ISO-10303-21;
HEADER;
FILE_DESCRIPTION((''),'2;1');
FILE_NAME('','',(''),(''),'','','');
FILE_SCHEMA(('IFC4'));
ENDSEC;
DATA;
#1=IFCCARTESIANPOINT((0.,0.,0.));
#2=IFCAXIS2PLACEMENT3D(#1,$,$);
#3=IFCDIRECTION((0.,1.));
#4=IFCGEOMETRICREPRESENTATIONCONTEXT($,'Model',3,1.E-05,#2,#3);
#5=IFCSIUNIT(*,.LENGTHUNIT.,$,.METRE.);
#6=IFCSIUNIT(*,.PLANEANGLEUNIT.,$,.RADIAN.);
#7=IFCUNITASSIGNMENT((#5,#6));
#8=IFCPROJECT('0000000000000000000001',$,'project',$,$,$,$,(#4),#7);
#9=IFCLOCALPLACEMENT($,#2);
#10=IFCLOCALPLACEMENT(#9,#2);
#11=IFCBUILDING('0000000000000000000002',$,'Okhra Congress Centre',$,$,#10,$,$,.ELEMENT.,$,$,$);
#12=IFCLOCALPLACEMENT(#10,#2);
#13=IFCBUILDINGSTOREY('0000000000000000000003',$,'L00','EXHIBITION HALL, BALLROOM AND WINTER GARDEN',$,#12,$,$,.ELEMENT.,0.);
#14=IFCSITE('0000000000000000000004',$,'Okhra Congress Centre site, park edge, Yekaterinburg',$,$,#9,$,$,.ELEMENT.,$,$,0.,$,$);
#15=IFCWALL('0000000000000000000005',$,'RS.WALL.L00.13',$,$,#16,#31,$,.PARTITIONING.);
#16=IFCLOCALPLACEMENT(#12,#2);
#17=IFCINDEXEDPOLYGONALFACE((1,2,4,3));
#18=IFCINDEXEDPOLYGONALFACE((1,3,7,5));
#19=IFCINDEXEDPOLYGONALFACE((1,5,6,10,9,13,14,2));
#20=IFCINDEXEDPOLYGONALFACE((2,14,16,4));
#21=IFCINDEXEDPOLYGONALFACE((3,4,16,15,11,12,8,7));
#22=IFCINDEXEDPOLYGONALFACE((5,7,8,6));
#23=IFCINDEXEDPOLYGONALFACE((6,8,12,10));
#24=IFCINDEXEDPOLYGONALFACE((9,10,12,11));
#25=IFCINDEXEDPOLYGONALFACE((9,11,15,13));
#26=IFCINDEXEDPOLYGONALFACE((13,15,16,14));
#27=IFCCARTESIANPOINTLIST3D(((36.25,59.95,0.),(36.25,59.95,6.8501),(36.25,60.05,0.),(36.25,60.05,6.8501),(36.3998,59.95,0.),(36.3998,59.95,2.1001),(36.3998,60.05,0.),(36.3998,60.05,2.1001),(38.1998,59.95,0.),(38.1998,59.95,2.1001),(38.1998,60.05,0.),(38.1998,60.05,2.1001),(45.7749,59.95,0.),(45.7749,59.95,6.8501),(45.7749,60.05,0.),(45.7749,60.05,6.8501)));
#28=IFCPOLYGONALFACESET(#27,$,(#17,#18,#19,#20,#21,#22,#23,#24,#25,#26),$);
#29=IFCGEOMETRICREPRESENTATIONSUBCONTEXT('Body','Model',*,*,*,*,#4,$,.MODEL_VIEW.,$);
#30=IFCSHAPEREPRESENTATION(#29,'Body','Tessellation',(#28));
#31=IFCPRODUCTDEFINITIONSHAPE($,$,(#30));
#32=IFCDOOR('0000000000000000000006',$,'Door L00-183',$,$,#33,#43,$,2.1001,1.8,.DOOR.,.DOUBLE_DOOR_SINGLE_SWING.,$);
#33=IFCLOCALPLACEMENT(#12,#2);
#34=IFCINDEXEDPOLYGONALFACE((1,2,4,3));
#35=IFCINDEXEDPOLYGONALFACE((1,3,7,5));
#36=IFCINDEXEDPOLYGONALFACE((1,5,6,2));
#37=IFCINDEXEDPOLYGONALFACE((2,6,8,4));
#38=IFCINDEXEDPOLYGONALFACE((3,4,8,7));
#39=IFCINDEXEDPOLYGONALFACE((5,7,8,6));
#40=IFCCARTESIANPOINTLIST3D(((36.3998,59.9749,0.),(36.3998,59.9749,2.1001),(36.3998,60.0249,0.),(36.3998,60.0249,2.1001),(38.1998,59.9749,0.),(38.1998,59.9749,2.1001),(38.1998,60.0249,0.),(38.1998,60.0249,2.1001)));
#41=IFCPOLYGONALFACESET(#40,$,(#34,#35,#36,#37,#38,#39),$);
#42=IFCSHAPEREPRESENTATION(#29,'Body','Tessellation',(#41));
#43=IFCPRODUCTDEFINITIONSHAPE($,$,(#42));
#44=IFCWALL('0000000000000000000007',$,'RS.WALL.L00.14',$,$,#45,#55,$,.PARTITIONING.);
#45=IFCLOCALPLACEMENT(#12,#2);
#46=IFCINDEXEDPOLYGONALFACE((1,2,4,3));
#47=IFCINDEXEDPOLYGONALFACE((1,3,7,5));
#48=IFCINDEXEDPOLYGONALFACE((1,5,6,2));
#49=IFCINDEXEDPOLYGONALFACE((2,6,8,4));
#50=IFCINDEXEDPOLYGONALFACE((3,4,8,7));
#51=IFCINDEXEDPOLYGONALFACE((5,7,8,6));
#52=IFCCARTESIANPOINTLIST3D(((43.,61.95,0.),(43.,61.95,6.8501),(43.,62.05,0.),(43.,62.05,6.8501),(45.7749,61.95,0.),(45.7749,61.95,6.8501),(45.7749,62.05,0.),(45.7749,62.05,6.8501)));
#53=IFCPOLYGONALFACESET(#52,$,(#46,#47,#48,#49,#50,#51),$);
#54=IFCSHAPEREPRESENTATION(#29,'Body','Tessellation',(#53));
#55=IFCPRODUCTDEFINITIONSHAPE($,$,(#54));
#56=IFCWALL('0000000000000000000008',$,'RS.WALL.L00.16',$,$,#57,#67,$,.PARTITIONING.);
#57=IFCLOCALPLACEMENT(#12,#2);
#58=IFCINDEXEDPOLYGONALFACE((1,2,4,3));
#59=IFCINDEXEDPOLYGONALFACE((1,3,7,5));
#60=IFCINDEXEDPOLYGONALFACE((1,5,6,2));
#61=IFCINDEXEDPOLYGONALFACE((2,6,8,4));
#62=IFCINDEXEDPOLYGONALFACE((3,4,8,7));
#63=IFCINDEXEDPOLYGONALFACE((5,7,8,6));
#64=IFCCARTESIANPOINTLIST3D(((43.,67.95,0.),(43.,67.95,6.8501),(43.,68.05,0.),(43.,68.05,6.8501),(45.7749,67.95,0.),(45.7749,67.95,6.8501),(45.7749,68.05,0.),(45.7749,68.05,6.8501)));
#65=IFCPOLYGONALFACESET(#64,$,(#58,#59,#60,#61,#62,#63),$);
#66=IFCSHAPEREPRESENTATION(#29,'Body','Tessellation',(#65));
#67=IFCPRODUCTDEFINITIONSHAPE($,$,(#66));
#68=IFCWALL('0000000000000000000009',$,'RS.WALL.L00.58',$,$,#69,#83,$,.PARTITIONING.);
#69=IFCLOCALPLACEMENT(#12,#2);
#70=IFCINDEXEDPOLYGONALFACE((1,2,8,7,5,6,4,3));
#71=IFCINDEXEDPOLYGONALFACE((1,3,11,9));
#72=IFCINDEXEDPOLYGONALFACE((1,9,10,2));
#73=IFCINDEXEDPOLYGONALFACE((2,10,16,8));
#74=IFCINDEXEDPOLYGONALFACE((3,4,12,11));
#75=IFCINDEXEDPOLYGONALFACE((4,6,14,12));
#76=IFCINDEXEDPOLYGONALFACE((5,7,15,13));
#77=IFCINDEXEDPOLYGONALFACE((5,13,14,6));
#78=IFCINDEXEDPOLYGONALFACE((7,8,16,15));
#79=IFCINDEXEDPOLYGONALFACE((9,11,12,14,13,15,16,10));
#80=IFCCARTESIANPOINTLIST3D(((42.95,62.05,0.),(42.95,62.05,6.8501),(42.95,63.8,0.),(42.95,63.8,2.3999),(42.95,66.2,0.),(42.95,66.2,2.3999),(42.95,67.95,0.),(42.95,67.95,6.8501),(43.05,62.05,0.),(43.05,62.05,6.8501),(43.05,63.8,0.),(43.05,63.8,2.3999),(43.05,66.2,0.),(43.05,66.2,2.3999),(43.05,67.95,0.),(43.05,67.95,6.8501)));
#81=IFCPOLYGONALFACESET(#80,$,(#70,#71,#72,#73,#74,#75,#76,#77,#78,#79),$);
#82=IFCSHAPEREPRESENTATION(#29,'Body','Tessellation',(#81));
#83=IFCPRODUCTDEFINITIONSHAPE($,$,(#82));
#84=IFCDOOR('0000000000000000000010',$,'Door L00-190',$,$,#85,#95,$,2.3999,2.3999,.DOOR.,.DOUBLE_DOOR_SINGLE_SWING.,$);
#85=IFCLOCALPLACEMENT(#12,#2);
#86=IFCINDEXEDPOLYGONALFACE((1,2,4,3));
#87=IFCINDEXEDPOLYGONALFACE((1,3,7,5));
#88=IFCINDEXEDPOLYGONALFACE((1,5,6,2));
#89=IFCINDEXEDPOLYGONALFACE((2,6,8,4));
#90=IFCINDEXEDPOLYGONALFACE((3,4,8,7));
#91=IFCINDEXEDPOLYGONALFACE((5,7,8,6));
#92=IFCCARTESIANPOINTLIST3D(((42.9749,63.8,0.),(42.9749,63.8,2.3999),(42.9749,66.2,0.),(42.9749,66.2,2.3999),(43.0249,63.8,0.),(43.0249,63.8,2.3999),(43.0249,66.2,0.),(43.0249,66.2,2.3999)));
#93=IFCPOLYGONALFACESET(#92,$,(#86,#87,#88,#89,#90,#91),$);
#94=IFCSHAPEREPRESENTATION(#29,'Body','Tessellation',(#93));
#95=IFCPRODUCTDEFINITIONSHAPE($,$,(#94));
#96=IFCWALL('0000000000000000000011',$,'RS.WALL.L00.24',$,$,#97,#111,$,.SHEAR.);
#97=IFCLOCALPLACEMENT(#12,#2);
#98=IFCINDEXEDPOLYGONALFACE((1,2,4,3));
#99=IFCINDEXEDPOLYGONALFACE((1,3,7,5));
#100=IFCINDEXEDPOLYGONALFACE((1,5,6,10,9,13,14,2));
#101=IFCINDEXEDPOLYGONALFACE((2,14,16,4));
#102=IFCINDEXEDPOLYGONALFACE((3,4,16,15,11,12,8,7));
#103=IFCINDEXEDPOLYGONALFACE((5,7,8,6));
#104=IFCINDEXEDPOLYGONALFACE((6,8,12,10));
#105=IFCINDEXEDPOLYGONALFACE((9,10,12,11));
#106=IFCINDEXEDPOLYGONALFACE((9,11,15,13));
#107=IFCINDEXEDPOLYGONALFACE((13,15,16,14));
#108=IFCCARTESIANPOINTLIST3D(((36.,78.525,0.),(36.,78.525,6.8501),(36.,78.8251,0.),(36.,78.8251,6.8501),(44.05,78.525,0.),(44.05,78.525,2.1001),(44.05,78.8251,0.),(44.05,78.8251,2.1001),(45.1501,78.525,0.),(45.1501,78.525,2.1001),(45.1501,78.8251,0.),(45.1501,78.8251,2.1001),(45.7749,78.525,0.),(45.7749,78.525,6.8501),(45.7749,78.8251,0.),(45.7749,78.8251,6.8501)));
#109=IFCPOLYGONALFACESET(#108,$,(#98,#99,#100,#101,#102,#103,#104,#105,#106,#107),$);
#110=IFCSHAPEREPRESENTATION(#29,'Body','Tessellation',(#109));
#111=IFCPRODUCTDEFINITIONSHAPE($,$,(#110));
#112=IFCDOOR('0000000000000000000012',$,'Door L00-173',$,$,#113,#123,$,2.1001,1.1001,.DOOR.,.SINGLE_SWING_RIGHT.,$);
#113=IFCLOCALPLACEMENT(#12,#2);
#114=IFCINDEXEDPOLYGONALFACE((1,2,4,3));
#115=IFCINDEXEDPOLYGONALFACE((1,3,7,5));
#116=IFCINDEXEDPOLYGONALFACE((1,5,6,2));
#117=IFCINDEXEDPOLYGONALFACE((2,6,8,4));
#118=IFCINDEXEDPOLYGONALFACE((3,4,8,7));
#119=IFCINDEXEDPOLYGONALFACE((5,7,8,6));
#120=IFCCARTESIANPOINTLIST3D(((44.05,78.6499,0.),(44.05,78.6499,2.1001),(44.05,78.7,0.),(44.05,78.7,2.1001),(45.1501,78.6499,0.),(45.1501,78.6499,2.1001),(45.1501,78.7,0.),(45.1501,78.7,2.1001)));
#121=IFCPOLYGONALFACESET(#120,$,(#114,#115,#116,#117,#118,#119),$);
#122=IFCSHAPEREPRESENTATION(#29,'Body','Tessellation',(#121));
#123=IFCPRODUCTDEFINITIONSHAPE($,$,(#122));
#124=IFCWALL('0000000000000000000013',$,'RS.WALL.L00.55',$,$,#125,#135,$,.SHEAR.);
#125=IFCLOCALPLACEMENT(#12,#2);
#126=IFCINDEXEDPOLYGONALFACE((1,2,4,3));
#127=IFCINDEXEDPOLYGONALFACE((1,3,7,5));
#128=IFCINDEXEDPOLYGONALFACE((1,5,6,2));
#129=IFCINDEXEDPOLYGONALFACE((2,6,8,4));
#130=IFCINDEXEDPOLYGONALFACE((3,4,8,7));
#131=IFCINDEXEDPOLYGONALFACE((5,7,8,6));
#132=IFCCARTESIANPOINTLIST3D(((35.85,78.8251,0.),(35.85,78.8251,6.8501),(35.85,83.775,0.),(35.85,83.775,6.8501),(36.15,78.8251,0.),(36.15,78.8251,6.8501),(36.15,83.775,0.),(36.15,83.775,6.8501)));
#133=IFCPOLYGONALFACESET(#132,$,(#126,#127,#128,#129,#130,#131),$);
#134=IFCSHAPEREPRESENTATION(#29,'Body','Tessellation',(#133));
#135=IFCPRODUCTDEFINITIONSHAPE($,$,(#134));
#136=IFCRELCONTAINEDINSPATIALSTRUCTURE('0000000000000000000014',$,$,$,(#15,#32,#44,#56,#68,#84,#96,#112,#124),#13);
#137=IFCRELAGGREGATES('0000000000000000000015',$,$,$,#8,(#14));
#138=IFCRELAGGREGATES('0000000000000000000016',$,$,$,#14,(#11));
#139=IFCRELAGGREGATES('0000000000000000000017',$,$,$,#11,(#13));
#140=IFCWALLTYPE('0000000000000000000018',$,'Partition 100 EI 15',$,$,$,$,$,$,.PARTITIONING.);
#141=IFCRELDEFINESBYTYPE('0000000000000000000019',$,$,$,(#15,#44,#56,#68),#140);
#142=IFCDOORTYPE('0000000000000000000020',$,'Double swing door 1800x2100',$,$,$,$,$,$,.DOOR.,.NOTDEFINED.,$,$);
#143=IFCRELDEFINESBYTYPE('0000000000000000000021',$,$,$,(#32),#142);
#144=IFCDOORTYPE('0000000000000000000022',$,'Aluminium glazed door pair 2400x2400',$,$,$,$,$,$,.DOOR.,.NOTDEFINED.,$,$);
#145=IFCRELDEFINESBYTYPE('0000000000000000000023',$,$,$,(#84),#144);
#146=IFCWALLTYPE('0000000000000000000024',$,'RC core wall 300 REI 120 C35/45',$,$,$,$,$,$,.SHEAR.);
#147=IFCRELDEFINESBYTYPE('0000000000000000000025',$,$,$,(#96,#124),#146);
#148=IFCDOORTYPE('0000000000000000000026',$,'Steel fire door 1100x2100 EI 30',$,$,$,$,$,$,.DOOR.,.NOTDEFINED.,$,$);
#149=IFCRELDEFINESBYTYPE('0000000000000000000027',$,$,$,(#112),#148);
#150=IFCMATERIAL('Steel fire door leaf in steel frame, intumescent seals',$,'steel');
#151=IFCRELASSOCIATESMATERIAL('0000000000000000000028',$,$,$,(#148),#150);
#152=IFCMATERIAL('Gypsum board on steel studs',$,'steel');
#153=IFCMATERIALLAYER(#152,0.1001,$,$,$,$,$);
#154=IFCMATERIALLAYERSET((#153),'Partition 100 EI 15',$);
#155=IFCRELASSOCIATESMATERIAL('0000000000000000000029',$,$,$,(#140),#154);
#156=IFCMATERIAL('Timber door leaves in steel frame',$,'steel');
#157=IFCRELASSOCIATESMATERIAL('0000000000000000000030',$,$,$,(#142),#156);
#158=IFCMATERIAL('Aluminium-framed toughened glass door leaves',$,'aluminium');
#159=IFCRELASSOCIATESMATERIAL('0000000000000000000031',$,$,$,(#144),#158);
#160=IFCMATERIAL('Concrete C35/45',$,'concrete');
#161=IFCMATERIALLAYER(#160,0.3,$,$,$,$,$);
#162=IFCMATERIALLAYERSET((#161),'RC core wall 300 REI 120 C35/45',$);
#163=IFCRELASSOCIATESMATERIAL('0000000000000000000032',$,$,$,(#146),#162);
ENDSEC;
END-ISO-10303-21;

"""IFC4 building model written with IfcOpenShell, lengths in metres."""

from ifc_helpers import new_model, si_unit, direction, frame, frame_2d, origin, place, context, subcontext, project, spatial, rectangle, extrude, material, layer, layer_set, type_object, element, fill, save


model = new_model("IFC4")

# Units and contexts
model_context = context("Model", 3, precision=1e-05, world=origin(), true_north=direction((0.0, 1.0)))
body_context = subcontext(model_context, "Body", "Model", "MODEL_VIEW")
ifc_project = project(units=[si_unit("LENGTHUNIT", "METRE"), si_unit("PLANEANGLEUNIT", "RADIAN")], contexts=[model_context])

# Site, building, storey
site_placement = place(None, origin())
site = spatial("IfcSite", under=ifc_project, at=site_placement, Name="Okhra Congress Centre site, park edge, Yekaterinburg", CompositionType="ELEMENT", RefElevation=0.0)
building_placement = place(site_placement, origin())
building = spatial("IfcBuilding", under=site, at=building_placement, Name="Okhra Congress Centre", CompositionType="ELEMENT")
storey_placement = place(building_placement, origin())
storey = spatial("IfcBuildingStorey", under=building, at=storey_placement, Name="L00", Description="EXHIBITION HALL, BALLROOM AND WINTER GARDEN", CompositionType="ELEMENT", Elevation=0.0)

# Shared definitions
ifc_material_1 = material(Name="Concrete C35/45", Category="concrete")

# Shared definitions
ifc_material_2 = material(Name="Steel fire door leaf in steel frame, intumescent seals", Category="steel")
door_type_1 = type_object("IfcDoorType", Name="Steel fire door 1100x2100 EI 30", OperationType="NOTDEFINED", PredefinedType="DOOR", material=ifc_material_2)

# Wall, opening, door
ifc_material_3 = material(Name="Gypsum board on steel studs", Category="steel")
ifc_layer_1 = layer(ifc_material_3, 0.1001)
ifc_layer_set_1 = layer_set([ifc_layer_1], Name="Partition 100 EI 15")
wall_type_1 = type_object("IfcWallType", Name="Partition 100 EI 15", PredefinedType="PARTITIONING", material=ifc_layer_set_1)
wall_1_placement = place(storey_placement, frame((36.25, 60.0, 0.0), z_axis=(0.0, 0.0, 1.0), x_axis=(1.0, 0.0, 0.0)))
wall_1 = element("IfcWall", 1, at=wall_1_placement, inside=storey, type_object=wall_type_1, Name="RS.WALL.L00.13", PredefinedType="PARTITIONING", context=body_context, shape_type="SweptSolid", body=[
    extrude(rectangle(XDim=9.5249, YDim=0.1001, at=frame_2d((4.7625, 0.0))), origin(), (0.0, 0.0, 1.0), 6.8501),
])
opening_1_placement = place(wall_1_placement, frame((0.1499, 0.0, 0.0)))
opening_1 = element("IfcOpeningElement", 2, at=opening_1_placement, cuts=wall_1, PredefinedType="OPENING", context=body_context, shape_type="SweptSolid", body=[
    extrude(rectangle(XDim=1.8, YDim=2.1001, at=frame_2d((0.8999, 1.05))), frame((0.0, 0.0601, 0.0), z_axis=(0.0, -1.0, 0.0), x_axis=(1.0, 0.0, 0.0)), (0.0, 0.0, 1.0), 0.1201),
])
ifc_material_4 = material(Name="Timber door leaves in steel frame", Category="steel")
door_type_2 = type_object("IfcDoorType", Name="Double swing door 1800x2100", OperationType="NOTDEFINED", PredefinedType="DOOR", material=ifc_material_4)
door_1_placement = place(opening_1_placement, origin())
door_1 = element("IfcDoor", 3, at=door_1_placement, inside=storey, type_object=door_type_2, Name="Door L00-183", OperationType="DOUBLE_DOOR_SINGLE_SWING", OverallHeight=2.1001, OverallWidth=1.8, PredefinedType="DOOR", context=body_context, shape_type="SweptSolid", body=[
    extrude(rectangle(XDim=1.8, YDim=2.1001, at=frame_2d((0.8999, 1.05))), frame((0.0, 0.0249, 0.0), z_axis=(0.0, -1.0, 0.0), x_axis=(1.0, 0.0, 0.0)), (0.0, 0.0, 1.0), 0.05),
])
fill(opening_1, door_1)

# Walls
for number, where, z_axis, x_axis, name in (
    (4, (43.0, 62.0, 0.0), (0.0, 0.0, 1.0), (1.0, 0.0, 0.0), "RS.WALL.L00.14"),
    (5, (43.0, 68.0, 0.0), (0.0, 0.0, 1.0), (1.0, 0.0, 0.0), "RS.WALL.L00.16"),
):
    element("IfcWall", number, at=place(storey_placement, frame(where, z_axis=z_axis, x_axis=x_axis)), inside=storey, type_object=wall_type_1, Name=name, PredefinedType="PARTITIONING", context=body_context, shape_type="SweptSolid", body=[
        extrude(rectangle(XDim=2.7749, YDim=0.1001, at=frame_2d((1.3875, 0.0))), origin(), (0.0, 0.0, 1.0), 6.8501),
    ])

# Walls, openings, doors
wall_2_placement = place(storey_placement, frame((43.0, 62.05, 0.0), z_axis=(0.0, 0.0, 1.0), x_axis=(0.0, 1.0, 0.0)))
wall_2 = element("IfcWall", 6, at=wall_2_placement, inside=storey, type_object=wall_type_1, Name="RS.WALL.L00.58", PredefinedType="PARTITIONING", context=body_context, shape_type="SweptSolid", body=[
    extrude(rectangle(XDim=5.8999, YDim=0.1001, at=frame_2d((2.95, 0.0))), origin(), (0.0, 0.0, 1.0), 6.8501),
])
opening_2_placement = place(wall_2_placement, frame((1.75, 0.0, 0.0)))
opening_2 = element("IfcOpeningElement", 7, at=opening_2_placement, cuts=wall_2, PredefinedType="OPENING", context=body_context, shape_type="SweptSolid", body=[
    extrude(rectangle(XDim=2.3999, YDim=2.3999, at=frame_2d((1.2, 1.2))), frame((0.0, 0.0601, 0.0), z_axis=(0.0, -1.0, 0.0), x_axis=(1.0, 0.0, 0.0)), (0.0, 0.0, 1.0), 0.1201),
])
ifc_material_5 = material(Name="Aluminium-framed toughened glass door leaves", Category="aluminium")
door_type_3 = type_object("IfcDoorType", Name="Aluminium glazed door pair 2400x2400", OperationType="NOTDEFINED", PredefinedType="DOOR", material=ifc_material_5)
door_2_placement = place(opening_2_placement, frame((2.3999, 0.0, 0.0), z_axis=(0.0, 0.0, 1.0), x_axis=(-1.0, 0.0, 0.0)))
door_2 = element("IfcDoor", 8, at=door_2_placement, inside=storey, type_object=door_type_3, Name="Door L00-190", OperationType="DOUBLE_DOOR_SINGLE_SWING", OverallHeight=2.3999, OverallWidth=2.3999, PredefinedType="DOOR", context=body_context, shape_type="SweptSolid", body=[
    extrude(rectangle(XDim=2.3999, YDim=2.3999, at=frame_2d((1.2, 1.2))), frame((0.0, 0.0249, 0.0), z_axis=(0.0, -1.0, 0.0), x_axis=(1.0, 0.0, 0.0)), (0.0, 0.0, 1.0), 0.05),
])
fill(opening_2, door_2)
ifc_layer_2 = layer(ifc_material_1, 0.3)
ifc_layer_set_2 = layer_set([ifc_layer_2], Name="RC core wall 300 REI 120 C35/45")
wall_type_2 = type_object("IfcWallType", Name="RC core wall 300 REI 120 C35/45", PredefinedType="SHEAR", material=ifc_layer_set_2)
wall_3_placement = place(storey_placement, frame((36.0, 78.675, 0.0), z_axis=(0.0, 0.0, 1.0), x_axis=(1.0, 0.0, 0.0)))
wall_3 = element("IfcWall", 9, at=wall_3_placement, inside=storey, type_object=wall_type_2, Name="RS.WALL.L00.24", PredefinedType="SHEAR", context=body_context, shape_type="SweptSolid", body=[
    extrude(rectangle(XDim=9.7749, YDim=0.3, at=frame_2d((4.8875, 0.0))), origin(), (0.0, 0.0, 1.0), 6.8501),
])
opening_3_placement = place(wall_3_placement, frame((8.05, 0.0, 0.0)))
opening_3 = element("IfcOpeningElement", 10, at=opening_3_placement, cuts=wall_3, PredefinedType="OPENING", context=body_context, shape_type="SweptSolid", body=[
    extrude(rectangle(XDim=1.1001, YDim=2.1001, at=frame_2d((0.55, 1.05))), frame((0.0, 0.1599, 0.0), z_axis=(0.0, -1.0, 0.0), x_axis=(1.0, 0.0, 0.0)), (0.0, 0.0, 1.0), 0.3201),
])
door_3_placement = place(opening_3_placement, origin())
door_3 = element("IfcDoor", 11, at=door_3_placement, inside=storey, type_object=door_type_1, Name="Door L00-173", OperationType="SINGLE_SWING_RIGHT", OverallHeight=2.1001, OverallWidth=1.1001, PredefinedType="DOOR", context=body_context, shape_type="SweptSolid", body=[
    extrude(rectangle(XDim=1.1001, YDim=2.1001, at=frame_2d((0.55, 1.05))), frame((0.0, 0.0249, 0.0), z_axis=(0.0, -1.0, 0.0), x_axis=(1.0, 0.0, 0.0)), (0.0, 0.0, 1.0), 0.05),
])
fill(opening_3, door_3)

# Wall
wall_4_placement = place(storey_placement, frame((36.0, 78.825, 0.0), z_axis=(0.0, 0.0, 1.0), x_axis=(0.0, 1.0, 0.0)))
element("IfcWall", 12, at=wall_4_placement, inside=storey, type_object=wall_type_2, Name="RS.WALL.L00.55", PredefinedType="SHEAR", context=body_context, shape_type="SweptSolid", body=[
    extrude(rectangle(XDim=4.95, YDim=0.3, at=frame_2d((2.4751, 0.0))), origin(), (0.0, 0.0, 1.0), 6.8501),
])

save(model, "model.ifc")
